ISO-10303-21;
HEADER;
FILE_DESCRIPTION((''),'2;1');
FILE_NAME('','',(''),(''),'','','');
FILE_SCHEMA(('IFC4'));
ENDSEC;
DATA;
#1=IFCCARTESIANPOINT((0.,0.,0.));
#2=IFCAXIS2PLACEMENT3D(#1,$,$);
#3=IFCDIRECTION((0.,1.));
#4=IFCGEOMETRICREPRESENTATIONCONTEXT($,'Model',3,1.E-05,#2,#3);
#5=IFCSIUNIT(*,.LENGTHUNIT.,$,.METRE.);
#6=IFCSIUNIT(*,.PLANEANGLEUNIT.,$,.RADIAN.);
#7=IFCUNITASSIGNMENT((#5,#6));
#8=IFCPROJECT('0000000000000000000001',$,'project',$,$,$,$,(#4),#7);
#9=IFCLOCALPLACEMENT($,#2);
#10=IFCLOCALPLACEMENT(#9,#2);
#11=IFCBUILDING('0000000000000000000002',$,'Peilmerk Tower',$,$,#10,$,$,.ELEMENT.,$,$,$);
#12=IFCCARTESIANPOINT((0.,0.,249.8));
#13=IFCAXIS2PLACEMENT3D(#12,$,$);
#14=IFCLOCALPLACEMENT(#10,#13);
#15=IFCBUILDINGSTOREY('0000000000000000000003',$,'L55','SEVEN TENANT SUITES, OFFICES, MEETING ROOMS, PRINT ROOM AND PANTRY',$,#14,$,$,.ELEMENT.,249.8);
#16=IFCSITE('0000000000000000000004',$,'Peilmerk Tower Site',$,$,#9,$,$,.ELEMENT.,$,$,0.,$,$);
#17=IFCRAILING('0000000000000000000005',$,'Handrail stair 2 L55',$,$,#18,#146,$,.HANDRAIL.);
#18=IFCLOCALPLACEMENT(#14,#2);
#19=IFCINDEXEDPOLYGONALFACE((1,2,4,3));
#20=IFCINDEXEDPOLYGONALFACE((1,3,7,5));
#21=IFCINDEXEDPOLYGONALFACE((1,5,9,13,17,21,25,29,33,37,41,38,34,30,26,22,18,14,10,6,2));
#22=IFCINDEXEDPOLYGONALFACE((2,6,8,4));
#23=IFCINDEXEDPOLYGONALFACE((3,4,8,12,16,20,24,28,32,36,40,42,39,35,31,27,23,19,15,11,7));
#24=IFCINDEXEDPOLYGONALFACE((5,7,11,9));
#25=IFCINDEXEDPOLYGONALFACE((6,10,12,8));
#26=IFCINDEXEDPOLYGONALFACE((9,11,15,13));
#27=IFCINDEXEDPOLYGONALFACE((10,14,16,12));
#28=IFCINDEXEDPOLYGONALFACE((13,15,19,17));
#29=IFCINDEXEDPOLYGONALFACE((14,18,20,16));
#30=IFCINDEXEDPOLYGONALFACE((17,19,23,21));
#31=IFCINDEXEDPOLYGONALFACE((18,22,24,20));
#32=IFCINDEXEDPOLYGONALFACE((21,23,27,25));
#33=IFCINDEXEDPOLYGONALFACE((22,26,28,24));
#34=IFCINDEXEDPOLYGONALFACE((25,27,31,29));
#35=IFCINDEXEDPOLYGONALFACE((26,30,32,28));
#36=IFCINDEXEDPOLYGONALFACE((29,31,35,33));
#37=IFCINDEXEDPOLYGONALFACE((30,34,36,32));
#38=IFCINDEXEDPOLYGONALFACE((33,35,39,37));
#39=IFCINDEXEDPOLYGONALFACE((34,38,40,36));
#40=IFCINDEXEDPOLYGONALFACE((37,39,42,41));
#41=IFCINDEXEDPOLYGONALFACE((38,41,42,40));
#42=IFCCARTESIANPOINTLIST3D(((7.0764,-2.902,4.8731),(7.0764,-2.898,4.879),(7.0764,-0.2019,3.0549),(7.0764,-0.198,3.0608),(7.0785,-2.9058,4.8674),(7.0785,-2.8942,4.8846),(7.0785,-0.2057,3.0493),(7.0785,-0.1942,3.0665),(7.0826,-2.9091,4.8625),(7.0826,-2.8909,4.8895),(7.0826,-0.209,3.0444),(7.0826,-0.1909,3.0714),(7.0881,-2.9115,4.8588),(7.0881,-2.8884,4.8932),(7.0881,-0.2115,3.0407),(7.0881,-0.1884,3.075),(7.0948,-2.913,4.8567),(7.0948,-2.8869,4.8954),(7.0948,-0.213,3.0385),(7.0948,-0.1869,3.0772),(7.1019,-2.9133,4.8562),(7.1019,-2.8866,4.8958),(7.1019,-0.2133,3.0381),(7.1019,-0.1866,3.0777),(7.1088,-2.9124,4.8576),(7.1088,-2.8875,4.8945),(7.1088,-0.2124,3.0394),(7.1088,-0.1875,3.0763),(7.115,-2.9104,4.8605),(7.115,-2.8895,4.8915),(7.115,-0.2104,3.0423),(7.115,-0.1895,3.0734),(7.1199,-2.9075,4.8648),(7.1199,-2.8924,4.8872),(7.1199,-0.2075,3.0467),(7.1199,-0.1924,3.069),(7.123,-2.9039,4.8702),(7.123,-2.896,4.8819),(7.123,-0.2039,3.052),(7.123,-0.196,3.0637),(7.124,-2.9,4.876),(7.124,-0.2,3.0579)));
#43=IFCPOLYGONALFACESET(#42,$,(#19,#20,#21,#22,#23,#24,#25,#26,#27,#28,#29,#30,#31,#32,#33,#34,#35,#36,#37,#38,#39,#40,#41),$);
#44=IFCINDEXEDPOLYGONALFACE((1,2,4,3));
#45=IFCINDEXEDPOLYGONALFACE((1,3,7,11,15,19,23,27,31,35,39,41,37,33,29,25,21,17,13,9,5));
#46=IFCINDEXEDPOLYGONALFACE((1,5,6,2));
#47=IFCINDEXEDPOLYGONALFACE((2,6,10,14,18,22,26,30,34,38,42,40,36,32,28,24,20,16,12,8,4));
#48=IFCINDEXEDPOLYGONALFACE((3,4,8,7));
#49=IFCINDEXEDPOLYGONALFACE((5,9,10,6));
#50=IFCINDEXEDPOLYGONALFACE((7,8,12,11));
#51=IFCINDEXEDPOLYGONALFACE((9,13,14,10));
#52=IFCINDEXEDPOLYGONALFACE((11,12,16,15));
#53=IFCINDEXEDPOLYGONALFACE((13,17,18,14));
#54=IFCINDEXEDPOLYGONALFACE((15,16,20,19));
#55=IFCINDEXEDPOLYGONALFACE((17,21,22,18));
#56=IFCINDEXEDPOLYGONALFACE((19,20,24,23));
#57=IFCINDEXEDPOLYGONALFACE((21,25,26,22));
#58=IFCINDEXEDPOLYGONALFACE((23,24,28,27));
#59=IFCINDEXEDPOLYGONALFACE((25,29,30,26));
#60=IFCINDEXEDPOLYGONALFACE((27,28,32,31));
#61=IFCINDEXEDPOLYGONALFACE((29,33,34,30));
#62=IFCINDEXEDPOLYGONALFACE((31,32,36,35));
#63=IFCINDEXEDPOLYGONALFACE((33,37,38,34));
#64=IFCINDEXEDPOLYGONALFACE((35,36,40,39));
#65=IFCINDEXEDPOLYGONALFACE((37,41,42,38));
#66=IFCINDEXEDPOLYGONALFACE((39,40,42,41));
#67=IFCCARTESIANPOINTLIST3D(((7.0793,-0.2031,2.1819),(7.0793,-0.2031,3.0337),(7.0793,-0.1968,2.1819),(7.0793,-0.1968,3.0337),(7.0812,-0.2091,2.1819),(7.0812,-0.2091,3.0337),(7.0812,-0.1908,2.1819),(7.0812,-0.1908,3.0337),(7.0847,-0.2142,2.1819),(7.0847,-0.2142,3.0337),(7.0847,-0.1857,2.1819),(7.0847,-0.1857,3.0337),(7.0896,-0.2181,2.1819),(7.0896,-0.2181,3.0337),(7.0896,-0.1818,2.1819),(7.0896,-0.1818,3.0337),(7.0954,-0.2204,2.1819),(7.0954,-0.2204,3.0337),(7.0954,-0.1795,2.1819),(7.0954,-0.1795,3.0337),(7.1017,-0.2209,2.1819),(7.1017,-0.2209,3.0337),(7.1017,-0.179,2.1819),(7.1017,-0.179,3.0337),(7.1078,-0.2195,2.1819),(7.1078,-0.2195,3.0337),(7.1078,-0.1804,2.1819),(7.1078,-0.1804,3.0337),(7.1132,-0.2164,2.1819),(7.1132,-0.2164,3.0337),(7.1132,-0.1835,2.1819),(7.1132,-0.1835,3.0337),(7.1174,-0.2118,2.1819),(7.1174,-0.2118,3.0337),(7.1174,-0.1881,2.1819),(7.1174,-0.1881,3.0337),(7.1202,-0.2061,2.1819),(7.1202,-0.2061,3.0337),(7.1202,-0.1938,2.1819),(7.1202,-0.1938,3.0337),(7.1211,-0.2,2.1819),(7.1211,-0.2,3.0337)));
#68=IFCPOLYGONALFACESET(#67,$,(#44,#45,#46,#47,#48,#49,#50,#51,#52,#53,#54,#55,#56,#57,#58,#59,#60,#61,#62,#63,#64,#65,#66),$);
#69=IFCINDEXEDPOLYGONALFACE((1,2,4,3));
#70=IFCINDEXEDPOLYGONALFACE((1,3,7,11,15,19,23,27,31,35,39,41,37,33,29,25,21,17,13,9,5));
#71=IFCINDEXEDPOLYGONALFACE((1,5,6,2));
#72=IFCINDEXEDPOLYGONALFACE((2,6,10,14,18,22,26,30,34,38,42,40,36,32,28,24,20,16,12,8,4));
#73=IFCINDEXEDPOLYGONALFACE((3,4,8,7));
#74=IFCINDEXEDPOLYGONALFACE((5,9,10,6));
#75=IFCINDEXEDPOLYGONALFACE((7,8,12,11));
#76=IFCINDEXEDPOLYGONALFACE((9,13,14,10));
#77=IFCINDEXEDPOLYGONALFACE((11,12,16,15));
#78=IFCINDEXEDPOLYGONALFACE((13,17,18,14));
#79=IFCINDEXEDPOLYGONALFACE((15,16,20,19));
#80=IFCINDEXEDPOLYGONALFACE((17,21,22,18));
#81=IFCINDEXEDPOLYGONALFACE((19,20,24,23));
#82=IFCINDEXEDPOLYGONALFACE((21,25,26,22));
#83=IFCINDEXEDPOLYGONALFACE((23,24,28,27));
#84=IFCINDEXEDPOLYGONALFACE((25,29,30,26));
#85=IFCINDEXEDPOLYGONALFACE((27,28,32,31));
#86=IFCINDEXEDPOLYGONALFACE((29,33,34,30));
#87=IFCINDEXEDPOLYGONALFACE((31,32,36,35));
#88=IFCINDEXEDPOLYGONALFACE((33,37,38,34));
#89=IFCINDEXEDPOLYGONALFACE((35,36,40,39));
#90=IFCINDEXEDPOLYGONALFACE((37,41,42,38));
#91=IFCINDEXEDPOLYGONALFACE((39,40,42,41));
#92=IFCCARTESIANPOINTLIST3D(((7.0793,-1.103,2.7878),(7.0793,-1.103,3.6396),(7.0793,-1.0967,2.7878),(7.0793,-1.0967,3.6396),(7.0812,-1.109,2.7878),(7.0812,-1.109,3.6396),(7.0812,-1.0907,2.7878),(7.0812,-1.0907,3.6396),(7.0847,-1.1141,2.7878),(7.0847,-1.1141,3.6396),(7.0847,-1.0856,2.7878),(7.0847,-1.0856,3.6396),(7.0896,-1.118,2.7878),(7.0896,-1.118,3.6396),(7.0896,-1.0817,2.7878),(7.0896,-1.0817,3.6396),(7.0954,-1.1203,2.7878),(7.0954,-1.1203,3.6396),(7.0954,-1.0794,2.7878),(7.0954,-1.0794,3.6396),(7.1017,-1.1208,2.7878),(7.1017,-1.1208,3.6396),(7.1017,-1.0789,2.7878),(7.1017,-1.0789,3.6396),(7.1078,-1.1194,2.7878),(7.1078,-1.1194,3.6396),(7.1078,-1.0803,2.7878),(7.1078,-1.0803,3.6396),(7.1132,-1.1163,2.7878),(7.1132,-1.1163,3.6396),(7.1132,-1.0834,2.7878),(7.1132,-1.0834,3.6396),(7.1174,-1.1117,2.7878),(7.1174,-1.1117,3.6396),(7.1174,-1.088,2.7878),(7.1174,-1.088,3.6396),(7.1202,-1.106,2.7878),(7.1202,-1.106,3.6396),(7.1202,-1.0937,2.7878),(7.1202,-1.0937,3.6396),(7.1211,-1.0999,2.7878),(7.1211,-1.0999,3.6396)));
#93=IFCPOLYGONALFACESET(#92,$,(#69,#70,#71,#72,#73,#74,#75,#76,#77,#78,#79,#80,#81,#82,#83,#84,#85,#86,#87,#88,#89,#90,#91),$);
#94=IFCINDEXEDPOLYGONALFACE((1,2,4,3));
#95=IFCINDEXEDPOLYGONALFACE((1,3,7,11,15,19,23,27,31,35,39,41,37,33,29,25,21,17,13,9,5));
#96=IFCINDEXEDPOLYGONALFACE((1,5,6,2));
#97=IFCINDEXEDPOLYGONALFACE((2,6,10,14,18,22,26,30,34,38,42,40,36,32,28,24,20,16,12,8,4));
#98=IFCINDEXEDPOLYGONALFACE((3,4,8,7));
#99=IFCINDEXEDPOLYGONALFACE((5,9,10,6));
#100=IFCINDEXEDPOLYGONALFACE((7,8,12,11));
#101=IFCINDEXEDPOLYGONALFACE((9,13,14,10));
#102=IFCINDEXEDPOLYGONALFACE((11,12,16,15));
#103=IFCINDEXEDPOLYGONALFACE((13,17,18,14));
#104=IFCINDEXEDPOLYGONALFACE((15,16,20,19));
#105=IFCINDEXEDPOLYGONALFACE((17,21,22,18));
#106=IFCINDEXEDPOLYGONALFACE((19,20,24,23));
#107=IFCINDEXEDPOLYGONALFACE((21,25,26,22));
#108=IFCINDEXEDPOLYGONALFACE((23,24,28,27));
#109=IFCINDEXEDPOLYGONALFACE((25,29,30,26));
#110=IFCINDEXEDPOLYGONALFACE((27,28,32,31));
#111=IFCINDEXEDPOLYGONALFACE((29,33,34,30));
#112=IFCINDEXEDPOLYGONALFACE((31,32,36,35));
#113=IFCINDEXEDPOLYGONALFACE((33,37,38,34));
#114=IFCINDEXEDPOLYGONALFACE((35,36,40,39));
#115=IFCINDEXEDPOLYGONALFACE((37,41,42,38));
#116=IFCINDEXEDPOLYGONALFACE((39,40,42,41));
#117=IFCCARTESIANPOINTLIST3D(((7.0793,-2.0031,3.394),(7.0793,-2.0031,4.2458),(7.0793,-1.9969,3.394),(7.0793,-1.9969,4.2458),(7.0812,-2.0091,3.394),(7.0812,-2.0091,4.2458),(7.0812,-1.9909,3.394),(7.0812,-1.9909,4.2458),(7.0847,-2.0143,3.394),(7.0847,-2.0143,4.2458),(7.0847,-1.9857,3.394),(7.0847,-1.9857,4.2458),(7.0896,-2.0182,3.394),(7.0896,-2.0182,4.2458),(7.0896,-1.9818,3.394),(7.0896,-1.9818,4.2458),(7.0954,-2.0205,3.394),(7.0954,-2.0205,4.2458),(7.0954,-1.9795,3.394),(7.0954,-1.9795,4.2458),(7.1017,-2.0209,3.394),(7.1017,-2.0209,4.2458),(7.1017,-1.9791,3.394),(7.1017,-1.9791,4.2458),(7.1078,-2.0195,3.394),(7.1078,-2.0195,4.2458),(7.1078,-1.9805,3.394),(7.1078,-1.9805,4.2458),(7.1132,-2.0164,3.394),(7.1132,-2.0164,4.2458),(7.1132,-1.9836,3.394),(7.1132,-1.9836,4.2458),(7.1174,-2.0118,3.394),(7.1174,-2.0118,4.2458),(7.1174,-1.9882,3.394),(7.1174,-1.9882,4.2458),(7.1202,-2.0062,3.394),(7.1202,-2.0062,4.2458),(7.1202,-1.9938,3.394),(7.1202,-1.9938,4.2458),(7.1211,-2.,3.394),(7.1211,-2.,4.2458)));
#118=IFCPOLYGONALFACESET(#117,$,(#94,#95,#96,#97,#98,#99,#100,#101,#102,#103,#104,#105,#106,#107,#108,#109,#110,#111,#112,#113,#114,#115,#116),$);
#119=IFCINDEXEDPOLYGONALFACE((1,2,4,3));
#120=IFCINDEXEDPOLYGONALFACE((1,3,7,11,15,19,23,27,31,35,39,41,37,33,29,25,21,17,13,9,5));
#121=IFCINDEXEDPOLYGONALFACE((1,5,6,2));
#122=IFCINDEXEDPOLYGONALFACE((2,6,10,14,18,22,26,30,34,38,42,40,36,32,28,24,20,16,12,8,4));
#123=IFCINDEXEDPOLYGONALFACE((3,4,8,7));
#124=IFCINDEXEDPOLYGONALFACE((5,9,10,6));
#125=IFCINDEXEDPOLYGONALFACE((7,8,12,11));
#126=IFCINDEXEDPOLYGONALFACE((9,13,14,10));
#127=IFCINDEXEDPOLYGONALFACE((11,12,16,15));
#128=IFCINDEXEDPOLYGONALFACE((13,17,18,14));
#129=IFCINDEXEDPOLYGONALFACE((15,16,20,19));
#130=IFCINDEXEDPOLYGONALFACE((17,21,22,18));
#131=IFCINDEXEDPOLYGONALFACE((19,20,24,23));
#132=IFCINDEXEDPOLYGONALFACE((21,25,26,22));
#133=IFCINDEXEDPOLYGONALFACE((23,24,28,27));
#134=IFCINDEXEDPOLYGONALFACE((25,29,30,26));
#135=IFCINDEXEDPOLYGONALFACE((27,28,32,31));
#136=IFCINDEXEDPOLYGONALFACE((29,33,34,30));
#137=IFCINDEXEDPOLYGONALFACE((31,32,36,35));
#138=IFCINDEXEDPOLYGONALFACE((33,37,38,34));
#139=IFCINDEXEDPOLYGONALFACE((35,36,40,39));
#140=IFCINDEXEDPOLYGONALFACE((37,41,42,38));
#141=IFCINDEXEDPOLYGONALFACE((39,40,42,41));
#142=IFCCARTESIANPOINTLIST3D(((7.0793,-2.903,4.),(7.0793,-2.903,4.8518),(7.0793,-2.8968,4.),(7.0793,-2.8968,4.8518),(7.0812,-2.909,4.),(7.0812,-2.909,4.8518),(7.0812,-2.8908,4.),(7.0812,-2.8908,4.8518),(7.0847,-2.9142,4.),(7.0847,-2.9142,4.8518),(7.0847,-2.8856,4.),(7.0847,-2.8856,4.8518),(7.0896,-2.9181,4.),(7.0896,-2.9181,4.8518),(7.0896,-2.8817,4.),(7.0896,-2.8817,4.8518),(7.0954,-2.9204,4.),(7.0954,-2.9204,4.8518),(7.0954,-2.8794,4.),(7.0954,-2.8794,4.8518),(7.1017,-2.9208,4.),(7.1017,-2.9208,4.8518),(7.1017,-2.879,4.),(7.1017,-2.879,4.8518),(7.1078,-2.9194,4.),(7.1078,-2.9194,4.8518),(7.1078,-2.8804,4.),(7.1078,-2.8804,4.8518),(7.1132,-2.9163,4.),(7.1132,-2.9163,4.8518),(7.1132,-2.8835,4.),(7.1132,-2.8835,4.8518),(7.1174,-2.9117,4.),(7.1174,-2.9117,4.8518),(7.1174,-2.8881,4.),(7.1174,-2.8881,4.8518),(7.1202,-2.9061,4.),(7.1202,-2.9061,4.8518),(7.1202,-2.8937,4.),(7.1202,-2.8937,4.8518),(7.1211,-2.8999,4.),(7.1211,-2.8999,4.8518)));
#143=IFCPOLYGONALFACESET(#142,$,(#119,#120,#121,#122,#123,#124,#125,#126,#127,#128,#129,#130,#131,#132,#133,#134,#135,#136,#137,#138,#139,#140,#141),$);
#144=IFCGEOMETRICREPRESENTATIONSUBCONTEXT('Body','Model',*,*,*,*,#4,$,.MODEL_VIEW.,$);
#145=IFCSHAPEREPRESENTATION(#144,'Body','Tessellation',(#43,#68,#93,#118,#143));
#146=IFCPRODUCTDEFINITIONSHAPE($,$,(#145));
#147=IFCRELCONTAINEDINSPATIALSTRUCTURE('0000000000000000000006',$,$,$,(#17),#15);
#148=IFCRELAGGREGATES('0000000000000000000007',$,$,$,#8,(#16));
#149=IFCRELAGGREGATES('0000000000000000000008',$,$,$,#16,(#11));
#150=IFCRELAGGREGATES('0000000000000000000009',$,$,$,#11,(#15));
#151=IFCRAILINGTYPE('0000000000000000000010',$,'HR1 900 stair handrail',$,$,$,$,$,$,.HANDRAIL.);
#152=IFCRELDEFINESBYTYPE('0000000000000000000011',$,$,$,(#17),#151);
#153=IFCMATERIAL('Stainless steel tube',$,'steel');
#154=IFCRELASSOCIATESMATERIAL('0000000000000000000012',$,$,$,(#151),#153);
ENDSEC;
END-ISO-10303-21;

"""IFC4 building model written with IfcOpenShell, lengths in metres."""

from ifc_helpers import new_model, si_unit, direction, frame, origin, origin_2d, place, context, subcontext, project, spatial, circle, extrude, material, type_object, element, save


model = new_model("IFC4")

# Units and contexts
model_context = context("Model", 3, precision=1e-05, world=origin(), true_north=direction((0.0, 1.0)))
body_context = subcontext(model_context, "Body", "Model", "MODEL_VIEW")
ifc_project = project(units=[si_unit("LENGTHUNIT", "METRE"), si_unit("PLANEANGLEUNIT", "RADIAN")], contexts=[model_context])

# Site, building, storey
site_placement = place(None, origin())
site = spatial("IfcSite", under=ifc_project, at=site_placement, Name="Peilmerk Tower Site", CompositionType="ELEMENT", RefElevation=0.0)
building_placement = place(site_placement, origin())
building = spatial("IfcBuilding", under=site, at=building_placement, Name="Peilmerk Tower", CompositionType="ELEMENT")
storey_placement = place(building_placement, frame((0.0, 0.0, 249.8)))
storey = spatial("IfcBuildingStorey", under=building, at=storey_placement, Name="L55", Description="SEVEN TENANT SUITES, OFFICES, MEETING ROOMS, PRINT ROOM AND PANTRY", CompositionType="ELEMENT", Elevation=249.8)

# Railing
ifc_material_1 = material(Name="Stainless steel tube", Category="steel")
railing_type_1 = type_object("IfcRailingType", Name="HR1 900 stair handrail", PredefinedType="HANDRAIL", material=ifc_material_1)
railing_1_placement = place(storey_placement, frame((7.1001, -0.2, 2.1819)))
element("IfcRailing", 1, at=railing_1_placement, inside=storey, type_object=railing_type_1, Name="Handrail stair 2 L55", PredefinedType="HANDRAIL", context=body_context, shape_type="SweptSolid", body=[
    extrude(circle(Radius=0.0239, at=origin_2d()), frame((0.0, 0.0, 0.876), z_axis=(0.0, -0.829468, 0.558554), x_axis=(1.0, 0.0, 0.0)), (0.0, 0.0, 1.0), 3.2551),
    extrude(circle(Radius=0.021, at=origin_2d()), origin(), (0.0, 0.0, 1.0), 0.8518),
    extrude(circle(Radius=0.021, at=origin_2d()), frame((0.0, -0.8999, 0.606)), (0.0, 0.0, 1.0), 0.8518),
    extrude(circle(Radius=0.021, at=origin_2d()), frame((0.0, -1.8, 1.2122)), (0.0, 0.0, 1.0), 0.8518),
    extrude(circle(Radius=0.021, at=origin_2d()), frame((0.0, -2.7, 1.8181)), (0.0, 0.0, 1.0), 0.8518),
])

save(model, "model.ifc")
